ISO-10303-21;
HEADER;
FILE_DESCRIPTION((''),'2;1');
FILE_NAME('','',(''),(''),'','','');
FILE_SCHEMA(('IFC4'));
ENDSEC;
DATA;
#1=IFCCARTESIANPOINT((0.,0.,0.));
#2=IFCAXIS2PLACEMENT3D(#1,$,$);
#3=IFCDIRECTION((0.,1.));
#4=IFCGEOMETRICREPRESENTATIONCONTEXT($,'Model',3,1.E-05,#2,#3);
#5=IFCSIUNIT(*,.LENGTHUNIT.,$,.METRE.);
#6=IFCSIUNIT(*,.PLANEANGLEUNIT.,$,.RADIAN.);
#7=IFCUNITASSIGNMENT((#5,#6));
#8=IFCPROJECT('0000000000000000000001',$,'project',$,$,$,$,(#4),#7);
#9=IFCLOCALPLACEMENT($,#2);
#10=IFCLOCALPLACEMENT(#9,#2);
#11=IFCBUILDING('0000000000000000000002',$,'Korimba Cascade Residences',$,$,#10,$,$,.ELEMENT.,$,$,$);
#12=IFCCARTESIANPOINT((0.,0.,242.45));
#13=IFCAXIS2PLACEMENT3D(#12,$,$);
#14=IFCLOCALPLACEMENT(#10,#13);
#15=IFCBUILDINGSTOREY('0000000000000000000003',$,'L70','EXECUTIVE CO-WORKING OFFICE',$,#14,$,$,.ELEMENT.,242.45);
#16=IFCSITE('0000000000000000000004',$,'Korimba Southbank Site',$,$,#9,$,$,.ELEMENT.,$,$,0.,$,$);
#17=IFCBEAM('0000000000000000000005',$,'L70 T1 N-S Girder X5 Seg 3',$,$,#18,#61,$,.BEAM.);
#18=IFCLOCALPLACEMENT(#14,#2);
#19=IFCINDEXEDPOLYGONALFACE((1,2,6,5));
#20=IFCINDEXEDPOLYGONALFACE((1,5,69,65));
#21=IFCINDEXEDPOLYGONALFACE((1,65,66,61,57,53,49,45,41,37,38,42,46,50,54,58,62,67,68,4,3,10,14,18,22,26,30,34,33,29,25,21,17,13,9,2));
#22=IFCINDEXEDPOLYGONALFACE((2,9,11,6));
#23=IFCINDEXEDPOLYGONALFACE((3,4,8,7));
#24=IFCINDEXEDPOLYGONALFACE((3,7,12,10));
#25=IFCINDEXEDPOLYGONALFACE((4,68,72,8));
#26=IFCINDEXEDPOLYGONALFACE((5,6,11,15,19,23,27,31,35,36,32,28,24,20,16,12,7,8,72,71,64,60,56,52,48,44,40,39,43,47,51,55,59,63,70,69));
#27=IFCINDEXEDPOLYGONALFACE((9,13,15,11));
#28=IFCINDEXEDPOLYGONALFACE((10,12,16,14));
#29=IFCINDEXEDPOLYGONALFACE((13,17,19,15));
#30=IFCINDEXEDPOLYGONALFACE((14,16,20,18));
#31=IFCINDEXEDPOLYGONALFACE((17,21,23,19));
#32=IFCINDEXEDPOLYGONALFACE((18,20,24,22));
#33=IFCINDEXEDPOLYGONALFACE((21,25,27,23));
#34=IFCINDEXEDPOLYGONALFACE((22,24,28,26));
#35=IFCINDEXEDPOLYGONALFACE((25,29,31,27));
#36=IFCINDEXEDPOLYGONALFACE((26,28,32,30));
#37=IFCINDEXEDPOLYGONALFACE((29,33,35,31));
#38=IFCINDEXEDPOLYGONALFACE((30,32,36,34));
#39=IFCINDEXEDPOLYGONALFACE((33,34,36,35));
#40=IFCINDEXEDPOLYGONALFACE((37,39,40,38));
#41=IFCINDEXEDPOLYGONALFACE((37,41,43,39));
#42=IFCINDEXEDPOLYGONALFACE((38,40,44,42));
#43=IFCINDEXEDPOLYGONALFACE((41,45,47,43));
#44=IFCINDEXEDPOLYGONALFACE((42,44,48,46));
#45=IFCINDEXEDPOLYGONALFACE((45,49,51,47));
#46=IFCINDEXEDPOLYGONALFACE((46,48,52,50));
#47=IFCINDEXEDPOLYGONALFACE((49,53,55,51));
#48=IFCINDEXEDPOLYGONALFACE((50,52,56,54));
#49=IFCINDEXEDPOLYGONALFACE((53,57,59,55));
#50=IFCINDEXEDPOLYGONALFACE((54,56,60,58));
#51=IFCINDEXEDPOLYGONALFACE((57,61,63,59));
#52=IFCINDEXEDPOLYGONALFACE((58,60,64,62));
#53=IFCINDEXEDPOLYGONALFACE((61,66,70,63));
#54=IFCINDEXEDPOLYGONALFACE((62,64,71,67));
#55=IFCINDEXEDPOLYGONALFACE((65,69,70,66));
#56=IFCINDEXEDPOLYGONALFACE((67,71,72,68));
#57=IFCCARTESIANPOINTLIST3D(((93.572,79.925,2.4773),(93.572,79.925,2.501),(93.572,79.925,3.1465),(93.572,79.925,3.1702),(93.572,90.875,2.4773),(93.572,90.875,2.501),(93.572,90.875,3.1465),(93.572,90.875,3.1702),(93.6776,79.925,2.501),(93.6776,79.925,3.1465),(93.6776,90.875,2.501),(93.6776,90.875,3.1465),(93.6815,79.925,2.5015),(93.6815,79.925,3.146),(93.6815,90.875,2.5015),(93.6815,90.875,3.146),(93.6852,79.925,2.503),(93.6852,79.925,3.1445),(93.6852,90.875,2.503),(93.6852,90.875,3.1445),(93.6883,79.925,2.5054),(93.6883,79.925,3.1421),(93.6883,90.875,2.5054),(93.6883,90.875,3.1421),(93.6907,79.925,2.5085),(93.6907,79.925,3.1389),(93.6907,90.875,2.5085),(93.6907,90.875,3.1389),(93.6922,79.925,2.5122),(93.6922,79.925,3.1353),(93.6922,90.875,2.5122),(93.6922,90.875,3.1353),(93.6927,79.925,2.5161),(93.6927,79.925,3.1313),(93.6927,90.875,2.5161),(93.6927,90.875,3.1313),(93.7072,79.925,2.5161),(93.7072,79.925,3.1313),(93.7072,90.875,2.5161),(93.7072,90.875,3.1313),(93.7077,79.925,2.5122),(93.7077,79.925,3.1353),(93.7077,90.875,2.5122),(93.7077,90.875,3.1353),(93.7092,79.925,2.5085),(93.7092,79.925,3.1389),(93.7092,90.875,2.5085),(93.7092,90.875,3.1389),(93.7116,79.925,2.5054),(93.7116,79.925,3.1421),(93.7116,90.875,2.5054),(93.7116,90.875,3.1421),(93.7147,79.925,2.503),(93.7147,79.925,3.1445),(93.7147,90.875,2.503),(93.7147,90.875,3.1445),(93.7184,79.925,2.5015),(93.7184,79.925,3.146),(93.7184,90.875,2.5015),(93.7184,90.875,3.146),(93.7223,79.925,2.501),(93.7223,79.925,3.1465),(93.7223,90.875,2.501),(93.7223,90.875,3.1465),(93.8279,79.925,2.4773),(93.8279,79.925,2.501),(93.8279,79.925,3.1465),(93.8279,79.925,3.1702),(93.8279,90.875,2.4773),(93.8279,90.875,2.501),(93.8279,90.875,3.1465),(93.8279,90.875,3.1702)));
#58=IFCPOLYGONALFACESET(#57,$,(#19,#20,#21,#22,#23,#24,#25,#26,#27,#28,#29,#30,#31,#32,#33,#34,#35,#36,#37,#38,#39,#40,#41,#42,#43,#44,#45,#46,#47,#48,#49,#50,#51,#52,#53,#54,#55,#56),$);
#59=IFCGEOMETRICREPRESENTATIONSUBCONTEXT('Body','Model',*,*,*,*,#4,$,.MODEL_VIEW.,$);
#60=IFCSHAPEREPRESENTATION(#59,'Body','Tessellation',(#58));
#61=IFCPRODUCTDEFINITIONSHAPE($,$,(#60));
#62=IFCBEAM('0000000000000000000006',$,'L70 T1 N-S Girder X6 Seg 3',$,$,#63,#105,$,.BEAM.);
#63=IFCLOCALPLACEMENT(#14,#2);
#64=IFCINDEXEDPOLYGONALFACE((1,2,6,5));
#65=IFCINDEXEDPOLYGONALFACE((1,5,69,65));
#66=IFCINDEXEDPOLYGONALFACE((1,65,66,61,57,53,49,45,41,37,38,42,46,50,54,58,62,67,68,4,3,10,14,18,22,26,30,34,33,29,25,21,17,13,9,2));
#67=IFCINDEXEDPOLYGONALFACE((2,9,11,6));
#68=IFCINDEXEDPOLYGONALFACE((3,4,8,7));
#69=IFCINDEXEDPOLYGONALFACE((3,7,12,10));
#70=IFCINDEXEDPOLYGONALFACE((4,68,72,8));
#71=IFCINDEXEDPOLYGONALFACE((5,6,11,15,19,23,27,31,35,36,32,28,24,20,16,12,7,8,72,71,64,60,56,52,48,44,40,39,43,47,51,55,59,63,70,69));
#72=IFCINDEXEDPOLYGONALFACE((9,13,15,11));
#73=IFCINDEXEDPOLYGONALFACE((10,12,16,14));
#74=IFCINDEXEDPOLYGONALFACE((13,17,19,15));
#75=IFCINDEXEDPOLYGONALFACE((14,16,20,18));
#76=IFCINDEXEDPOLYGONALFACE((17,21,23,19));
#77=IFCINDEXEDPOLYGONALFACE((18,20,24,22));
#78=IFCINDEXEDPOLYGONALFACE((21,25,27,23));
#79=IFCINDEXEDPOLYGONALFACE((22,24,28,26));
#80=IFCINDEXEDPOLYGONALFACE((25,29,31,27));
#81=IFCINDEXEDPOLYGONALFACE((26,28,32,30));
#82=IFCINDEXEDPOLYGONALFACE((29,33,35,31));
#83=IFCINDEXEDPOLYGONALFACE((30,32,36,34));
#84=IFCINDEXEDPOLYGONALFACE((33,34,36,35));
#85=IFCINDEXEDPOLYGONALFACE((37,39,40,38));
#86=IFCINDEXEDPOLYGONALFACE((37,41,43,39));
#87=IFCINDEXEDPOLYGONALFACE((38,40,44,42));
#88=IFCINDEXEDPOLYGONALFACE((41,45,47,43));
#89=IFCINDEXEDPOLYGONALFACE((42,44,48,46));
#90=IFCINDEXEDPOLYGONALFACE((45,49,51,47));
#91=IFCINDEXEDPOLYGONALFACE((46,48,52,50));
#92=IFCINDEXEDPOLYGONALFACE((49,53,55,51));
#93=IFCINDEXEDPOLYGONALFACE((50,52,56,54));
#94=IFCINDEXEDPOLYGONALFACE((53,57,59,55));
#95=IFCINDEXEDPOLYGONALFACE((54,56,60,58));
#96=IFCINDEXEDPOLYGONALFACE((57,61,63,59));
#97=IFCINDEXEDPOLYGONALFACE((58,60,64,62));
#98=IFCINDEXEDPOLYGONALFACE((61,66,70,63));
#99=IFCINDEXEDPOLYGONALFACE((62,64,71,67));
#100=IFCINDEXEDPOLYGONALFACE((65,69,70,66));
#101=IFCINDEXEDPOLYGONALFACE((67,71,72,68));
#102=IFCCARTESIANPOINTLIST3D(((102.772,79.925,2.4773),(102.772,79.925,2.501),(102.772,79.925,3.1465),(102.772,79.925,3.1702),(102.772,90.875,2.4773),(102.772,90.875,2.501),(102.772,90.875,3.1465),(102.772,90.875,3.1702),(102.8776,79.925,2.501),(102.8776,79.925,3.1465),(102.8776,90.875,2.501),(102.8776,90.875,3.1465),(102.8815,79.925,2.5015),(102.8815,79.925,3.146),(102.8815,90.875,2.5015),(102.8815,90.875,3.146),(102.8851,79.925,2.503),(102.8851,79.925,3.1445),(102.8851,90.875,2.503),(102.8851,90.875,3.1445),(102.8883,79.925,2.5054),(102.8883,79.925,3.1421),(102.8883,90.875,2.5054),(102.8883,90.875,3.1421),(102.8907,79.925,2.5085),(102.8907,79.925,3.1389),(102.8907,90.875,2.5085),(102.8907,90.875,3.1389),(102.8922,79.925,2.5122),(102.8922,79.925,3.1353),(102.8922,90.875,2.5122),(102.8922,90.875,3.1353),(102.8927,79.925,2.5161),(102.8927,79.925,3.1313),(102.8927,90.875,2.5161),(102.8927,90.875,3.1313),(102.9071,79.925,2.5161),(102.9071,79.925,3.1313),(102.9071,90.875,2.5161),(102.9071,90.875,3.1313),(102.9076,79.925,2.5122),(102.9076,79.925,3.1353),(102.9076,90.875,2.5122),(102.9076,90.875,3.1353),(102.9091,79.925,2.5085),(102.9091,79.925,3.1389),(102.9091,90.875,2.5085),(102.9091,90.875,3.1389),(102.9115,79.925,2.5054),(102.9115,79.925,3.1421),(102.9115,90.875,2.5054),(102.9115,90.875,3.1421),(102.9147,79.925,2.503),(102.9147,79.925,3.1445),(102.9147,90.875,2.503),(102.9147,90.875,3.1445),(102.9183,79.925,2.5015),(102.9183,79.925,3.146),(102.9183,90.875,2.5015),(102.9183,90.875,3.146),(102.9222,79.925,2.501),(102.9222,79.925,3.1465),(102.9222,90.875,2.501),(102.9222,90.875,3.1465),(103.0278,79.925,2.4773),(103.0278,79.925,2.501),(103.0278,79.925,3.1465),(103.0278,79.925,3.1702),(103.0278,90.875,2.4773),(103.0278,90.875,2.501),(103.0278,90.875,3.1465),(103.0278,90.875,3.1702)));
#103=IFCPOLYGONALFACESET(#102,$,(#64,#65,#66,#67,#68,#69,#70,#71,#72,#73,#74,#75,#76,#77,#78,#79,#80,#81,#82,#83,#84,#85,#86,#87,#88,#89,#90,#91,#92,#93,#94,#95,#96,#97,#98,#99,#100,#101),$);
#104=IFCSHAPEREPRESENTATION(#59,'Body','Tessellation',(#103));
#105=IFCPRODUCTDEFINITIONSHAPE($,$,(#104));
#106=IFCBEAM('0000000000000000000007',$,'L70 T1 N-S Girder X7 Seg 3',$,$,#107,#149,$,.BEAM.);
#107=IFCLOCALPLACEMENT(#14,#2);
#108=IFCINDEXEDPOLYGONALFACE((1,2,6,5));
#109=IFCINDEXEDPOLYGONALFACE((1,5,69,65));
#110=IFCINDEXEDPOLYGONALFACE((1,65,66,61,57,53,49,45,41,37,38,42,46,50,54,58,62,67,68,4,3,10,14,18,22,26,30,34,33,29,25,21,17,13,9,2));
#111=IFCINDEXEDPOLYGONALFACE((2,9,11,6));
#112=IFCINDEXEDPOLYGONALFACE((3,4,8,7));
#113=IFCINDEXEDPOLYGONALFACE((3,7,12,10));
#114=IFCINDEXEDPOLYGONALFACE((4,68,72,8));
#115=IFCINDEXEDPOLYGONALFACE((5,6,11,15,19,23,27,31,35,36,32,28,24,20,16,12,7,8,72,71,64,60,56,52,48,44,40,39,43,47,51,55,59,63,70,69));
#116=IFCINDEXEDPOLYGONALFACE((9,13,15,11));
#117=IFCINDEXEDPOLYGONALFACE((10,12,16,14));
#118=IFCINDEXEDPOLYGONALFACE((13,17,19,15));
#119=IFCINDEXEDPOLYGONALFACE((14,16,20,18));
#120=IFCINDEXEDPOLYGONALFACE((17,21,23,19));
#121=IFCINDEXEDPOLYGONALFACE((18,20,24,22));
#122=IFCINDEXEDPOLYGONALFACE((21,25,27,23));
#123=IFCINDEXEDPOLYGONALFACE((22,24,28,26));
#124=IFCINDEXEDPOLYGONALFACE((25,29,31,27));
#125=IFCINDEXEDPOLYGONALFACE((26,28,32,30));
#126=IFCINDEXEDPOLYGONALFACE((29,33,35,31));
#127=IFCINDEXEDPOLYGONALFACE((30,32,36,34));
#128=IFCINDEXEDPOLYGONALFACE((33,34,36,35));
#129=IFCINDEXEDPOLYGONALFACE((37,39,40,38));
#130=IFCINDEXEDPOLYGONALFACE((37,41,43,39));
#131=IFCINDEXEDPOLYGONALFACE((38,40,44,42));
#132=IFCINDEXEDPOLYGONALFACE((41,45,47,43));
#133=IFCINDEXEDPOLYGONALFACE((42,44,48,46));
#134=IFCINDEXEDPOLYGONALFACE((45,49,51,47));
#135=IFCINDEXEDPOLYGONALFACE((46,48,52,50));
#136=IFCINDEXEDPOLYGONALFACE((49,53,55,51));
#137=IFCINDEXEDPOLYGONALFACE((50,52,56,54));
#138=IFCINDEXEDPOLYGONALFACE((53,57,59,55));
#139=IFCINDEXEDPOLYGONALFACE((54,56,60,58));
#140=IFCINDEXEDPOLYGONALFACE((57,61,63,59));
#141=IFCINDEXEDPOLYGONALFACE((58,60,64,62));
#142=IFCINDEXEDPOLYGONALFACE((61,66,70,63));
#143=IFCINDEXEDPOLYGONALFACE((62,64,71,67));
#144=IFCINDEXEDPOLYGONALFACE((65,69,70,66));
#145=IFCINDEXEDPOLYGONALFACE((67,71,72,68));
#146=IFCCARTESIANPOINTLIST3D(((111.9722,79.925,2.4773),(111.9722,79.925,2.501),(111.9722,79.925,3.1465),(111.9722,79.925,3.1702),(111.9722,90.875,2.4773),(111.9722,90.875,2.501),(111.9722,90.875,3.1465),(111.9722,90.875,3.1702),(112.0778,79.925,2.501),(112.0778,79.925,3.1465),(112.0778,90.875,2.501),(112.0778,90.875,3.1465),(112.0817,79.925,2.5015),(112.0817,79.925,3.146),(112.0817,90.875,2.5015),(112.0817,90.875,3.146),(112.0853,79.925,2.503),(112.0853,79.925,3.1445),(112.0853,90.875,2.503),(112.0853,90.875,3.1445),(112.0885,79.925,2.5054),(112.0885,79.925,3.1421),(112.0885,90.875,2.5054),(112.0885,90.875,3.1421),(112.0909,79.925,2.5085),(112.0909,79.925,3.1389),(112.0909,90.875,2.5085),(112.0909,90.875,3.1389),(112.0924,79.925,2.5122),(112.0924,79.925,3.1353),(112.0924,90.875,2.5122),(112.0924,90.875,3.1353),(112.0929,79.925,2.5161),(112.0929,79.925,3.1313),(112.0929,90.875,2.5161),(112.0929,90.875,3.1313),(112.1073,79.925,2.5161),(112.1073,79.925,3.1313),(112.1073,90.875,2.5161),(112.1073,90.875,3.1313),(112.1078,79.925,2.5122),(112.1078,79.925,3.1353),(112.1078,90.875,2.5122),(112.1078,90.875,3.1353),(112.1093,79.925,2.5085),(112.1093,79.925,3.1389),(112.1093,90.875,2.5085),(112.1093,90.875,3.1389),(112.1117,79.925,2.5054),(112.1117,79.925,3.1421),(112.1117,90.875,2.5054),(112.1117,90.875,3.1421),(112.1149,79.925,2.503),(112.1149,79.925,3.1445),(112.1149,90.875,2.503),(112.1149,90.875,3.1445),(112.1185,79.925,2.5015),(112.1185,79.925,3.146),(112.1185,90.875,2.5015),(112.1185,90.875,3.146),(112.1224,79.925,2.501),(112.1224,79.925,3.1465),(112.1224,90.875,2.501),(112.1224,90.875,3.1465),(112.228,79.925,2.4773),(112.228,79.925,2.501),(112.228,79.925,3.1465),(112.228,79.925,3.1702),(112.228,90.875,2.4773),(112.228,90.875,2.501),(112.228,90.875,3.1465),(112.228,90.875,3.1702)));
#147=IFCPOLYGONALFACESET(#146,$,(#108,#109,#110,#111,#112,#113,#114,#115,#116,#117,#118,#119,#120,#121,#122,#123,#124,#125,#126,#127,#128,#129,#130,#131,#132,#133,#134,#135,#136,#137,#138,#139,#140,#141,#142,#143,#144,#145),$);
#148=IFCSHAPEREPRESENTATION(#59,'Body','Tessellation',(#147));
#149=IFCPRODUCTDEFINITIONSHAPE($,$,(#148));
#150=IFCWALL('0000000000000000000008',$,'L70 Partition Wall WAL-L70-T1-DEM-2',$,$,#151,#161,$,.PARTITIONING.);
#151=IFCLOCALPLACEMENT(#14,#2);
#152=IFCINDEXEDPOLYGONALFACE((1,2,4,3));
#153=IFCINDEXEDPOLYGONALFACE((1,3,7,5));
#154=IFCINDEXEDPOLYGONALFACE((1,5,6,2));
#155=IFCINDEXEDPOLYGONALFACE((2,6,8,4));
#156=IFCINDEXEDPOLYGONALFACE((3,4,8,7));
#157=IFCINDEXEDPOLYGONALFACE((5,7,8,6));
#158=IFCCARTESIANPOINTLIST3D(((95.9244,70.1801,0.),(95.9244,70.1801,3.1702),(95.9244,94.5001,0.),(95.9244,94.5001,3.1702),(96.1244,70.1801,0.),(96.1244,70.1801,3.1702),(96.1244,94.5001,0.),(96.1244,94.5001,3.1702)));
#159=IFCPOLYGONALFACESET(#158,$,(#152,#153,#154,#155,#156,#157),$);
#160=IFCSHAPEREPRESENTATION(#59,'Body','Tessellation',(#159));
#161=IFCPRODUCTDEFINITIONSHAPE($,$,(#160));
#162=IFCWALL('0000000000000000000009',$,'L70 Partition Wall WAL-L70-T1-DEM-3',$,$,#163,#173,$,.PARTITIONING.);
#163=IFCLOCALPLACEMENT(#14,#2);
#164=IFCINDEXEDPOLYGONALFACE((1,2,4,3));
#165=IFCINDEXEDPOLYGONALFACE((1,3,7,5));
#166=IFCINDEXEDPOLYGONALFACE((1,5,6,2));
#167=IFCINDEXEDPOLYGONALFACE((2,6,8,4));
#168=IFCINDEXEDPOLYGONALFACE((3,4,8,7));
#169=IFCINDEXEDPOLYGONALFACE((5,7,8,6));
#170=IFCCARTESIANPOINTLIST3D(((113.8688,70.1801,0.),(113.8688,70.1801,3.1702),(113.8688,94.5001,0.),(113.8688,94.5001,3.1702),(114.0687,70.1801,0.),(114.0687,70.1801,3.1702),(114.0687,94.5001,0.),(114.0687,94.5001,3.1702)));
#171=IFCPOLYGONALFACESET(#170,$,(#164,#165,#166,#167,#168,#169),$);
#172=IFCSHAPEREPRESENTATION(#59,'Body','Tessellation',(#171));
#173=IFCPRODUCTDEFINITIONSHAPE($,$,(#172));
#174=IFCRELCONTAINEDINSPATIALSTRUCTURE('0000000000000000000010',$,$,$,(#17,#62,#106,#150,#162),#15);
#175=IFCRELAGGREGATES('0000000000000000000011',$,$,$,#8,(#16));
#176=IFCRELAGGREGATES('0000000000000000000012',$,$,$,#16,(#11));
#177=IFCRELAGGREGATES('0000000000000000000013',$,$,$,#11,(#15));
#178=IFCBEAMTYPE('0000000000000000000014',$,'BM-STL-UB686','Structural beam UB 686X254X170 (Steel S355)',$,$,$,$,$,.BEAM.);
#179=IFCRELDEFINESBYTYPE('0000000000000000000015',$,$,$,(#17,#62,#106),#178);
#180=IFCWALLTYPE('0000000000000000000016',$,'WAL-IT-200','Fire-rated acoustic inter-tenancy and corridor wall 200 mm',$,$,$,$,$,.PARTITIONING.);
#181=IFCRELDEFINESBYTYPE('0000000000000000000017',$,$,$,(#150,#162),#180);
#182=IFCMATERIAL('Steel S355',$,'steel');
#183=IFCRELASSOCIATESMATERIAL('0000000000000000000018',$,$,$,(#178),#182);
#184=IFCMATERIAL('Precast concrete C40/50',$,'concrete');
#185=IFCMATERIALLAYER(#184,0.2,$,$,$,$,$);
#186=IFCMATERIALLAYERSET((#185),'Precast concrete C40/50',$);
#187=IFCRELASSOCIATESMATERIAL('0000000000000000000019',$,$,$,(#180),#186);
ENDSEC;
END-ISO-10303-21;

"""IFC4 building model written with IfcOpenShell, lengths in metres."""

from ifc_helpers import new_model, si_unit, direction, frame, frame_2d, origin, origin_2d, place, context, subcontext, project, spatial, rectangle, i_section, extrude, material, layer, layer_set, material_profile, profile_set, type_object, element, save


model = new_model("IFC4")

# Units and contexts
model_context = context("Model", 3, precision=1e-05, world=origin(), true_north=direction((0.0, 1.0)))
body_context = subcontext(model_context, "Body", "Model", "MODEL_VIEW")
ifc_project = project(units=[si_unit("LENGTHUNIT", "METRE"), si_unit("PLANEANGLEUNIT", "RADIAN")], contexts=[model_context])

# Site, building, storey
site_placement = place(None, origin())
site = spatial("IfcSite", under=ifc_project, at=site_placement, Name="Korimba Southbank Site", CompositionType="ELEMENT", RefElevation=0.0)
building_placement = place(site_placement, origin())
building = spatial("IfcBuilding", under=site, at=building_placement, Name="Korimba Cascade Residences", CompositionType="ELEMENT")
storey_placement = place(building_placement, frame((0.0, 0.0, 242.45)))
storey = spatial("IfcBuildingStorey", under=building, at=storey_placement, Name="L70", Description="EXECUTIVE CO-WORKING OFFICE", CompositionType="ELEMENT", Elevation=242.45)

# Beams
ifc_material_1 = material(Name="Steel S355", Category="steel")
ifc_material_profile_1 = material_profile(ifc_material_1, i_section(OverallWidth=0.2559, OverallDepth=0.6929, WebThickness=0.0144, FlangeThickness=0.0237, FilletRadius=0.0151, at=origin_2d()), Name="Steel S355")
ifc_profile_set_1 = profile_set([ifc_material_profile_1], Name="Steel S355")
beam_type_1 = type_object("IfcBeamType", Name="BM-STL-UB686", Description="Structural beam UB 686X254X170 (Steel S355)", PredefinedType="BEAM", material=ifc_profile_set_1)
for number, where, z_axis, x_axis, name in (
    (1, (93.7, 79.925, 2.8237), (0.0, 1.0, 0.0), (-1.0, 0.0, 0.0), "L70 T1 N-S Girder X5 Seg 3"),
    (2, (102.8999, 79.925, 2.8237), (0.0, 1.0, 0.0), (-1.0, 0.0, 0.0), "L70 T1 N-S Girder X6 Seg 3"),
    (3, (112.1001, 79.925, 2.8237), (0.0, 1.0, 0.0), (-1.0, 0.0, 0.0), "L70 T1 N-S Girder X7 Seg 3"),
):
    element("IfcBeam", number, at=place(storey_placement, frame(where, z_axis=z_axis, x_axis=x_axis)), inside=storey, type_object=beam_type_1, Name=name, PredefinedType="BEAM", context=body_context, shape_type="SweptSolid", body=[
        extrude(i_section(OverallWidth=0.2559, OverallDepth=0.6929, WebThickness=0.0144, FlangeThickness=0.0237, FilletRadius=0.0151, at=origin_2d()), origin(), (0.0, 0.0, 1.0), 10.95),
    ])

# Walls
ifc_material_2 = material(Name="Precast concrete C40/50", Category="concrete")
ifc_layer_1 = layer(ifc_material_2, 0.2)
ifc_layer_set_1 = layer_set([ifc_layer_1], Name="Precast concrete C40/50")
wall_type_1 = type_object("IfcWallType", Name="WAL-IT-200", Description="Fire-rated acoustic inter-tenancy and corridor wall 200 mm", PredefinedType="PARTITIONING", material=ifc_layer_set_1)
for number, where, z_axis, x_axis, name in (
    (4, (96.0244, 70.1799, 0.0), (0.0, 0.0, 1.0), (0.0, 1.0, 0.0), "L70 Partition Wall WAL-L70-T1-DEM-2"),
    (5, (113.9688, 70.1799, 0.0), (0.0, 0.0, 1.0), (0.0, 1.0, 0.0), "L70 Partition Wall WAL-L70-T1-DEM-3"),
):
    element("IfcWall", number, at=place(storey_placement, frame(where, z_axis=z_axis, x_axis=x_axis)), inside=storey, type_object=wall_type_1, Name=name, PredefinedType="PARTITIONING", context=body_context, shape_type="SweptSolid", body=[
        extrude(rectangle(XDim=24.3201, YDim=0.2, at=frame_2d((12.1602, 0.0))), origin(), (0.0, 0.0, 1.0), 3.1702),
    ])

save(model, "model.ifc")
